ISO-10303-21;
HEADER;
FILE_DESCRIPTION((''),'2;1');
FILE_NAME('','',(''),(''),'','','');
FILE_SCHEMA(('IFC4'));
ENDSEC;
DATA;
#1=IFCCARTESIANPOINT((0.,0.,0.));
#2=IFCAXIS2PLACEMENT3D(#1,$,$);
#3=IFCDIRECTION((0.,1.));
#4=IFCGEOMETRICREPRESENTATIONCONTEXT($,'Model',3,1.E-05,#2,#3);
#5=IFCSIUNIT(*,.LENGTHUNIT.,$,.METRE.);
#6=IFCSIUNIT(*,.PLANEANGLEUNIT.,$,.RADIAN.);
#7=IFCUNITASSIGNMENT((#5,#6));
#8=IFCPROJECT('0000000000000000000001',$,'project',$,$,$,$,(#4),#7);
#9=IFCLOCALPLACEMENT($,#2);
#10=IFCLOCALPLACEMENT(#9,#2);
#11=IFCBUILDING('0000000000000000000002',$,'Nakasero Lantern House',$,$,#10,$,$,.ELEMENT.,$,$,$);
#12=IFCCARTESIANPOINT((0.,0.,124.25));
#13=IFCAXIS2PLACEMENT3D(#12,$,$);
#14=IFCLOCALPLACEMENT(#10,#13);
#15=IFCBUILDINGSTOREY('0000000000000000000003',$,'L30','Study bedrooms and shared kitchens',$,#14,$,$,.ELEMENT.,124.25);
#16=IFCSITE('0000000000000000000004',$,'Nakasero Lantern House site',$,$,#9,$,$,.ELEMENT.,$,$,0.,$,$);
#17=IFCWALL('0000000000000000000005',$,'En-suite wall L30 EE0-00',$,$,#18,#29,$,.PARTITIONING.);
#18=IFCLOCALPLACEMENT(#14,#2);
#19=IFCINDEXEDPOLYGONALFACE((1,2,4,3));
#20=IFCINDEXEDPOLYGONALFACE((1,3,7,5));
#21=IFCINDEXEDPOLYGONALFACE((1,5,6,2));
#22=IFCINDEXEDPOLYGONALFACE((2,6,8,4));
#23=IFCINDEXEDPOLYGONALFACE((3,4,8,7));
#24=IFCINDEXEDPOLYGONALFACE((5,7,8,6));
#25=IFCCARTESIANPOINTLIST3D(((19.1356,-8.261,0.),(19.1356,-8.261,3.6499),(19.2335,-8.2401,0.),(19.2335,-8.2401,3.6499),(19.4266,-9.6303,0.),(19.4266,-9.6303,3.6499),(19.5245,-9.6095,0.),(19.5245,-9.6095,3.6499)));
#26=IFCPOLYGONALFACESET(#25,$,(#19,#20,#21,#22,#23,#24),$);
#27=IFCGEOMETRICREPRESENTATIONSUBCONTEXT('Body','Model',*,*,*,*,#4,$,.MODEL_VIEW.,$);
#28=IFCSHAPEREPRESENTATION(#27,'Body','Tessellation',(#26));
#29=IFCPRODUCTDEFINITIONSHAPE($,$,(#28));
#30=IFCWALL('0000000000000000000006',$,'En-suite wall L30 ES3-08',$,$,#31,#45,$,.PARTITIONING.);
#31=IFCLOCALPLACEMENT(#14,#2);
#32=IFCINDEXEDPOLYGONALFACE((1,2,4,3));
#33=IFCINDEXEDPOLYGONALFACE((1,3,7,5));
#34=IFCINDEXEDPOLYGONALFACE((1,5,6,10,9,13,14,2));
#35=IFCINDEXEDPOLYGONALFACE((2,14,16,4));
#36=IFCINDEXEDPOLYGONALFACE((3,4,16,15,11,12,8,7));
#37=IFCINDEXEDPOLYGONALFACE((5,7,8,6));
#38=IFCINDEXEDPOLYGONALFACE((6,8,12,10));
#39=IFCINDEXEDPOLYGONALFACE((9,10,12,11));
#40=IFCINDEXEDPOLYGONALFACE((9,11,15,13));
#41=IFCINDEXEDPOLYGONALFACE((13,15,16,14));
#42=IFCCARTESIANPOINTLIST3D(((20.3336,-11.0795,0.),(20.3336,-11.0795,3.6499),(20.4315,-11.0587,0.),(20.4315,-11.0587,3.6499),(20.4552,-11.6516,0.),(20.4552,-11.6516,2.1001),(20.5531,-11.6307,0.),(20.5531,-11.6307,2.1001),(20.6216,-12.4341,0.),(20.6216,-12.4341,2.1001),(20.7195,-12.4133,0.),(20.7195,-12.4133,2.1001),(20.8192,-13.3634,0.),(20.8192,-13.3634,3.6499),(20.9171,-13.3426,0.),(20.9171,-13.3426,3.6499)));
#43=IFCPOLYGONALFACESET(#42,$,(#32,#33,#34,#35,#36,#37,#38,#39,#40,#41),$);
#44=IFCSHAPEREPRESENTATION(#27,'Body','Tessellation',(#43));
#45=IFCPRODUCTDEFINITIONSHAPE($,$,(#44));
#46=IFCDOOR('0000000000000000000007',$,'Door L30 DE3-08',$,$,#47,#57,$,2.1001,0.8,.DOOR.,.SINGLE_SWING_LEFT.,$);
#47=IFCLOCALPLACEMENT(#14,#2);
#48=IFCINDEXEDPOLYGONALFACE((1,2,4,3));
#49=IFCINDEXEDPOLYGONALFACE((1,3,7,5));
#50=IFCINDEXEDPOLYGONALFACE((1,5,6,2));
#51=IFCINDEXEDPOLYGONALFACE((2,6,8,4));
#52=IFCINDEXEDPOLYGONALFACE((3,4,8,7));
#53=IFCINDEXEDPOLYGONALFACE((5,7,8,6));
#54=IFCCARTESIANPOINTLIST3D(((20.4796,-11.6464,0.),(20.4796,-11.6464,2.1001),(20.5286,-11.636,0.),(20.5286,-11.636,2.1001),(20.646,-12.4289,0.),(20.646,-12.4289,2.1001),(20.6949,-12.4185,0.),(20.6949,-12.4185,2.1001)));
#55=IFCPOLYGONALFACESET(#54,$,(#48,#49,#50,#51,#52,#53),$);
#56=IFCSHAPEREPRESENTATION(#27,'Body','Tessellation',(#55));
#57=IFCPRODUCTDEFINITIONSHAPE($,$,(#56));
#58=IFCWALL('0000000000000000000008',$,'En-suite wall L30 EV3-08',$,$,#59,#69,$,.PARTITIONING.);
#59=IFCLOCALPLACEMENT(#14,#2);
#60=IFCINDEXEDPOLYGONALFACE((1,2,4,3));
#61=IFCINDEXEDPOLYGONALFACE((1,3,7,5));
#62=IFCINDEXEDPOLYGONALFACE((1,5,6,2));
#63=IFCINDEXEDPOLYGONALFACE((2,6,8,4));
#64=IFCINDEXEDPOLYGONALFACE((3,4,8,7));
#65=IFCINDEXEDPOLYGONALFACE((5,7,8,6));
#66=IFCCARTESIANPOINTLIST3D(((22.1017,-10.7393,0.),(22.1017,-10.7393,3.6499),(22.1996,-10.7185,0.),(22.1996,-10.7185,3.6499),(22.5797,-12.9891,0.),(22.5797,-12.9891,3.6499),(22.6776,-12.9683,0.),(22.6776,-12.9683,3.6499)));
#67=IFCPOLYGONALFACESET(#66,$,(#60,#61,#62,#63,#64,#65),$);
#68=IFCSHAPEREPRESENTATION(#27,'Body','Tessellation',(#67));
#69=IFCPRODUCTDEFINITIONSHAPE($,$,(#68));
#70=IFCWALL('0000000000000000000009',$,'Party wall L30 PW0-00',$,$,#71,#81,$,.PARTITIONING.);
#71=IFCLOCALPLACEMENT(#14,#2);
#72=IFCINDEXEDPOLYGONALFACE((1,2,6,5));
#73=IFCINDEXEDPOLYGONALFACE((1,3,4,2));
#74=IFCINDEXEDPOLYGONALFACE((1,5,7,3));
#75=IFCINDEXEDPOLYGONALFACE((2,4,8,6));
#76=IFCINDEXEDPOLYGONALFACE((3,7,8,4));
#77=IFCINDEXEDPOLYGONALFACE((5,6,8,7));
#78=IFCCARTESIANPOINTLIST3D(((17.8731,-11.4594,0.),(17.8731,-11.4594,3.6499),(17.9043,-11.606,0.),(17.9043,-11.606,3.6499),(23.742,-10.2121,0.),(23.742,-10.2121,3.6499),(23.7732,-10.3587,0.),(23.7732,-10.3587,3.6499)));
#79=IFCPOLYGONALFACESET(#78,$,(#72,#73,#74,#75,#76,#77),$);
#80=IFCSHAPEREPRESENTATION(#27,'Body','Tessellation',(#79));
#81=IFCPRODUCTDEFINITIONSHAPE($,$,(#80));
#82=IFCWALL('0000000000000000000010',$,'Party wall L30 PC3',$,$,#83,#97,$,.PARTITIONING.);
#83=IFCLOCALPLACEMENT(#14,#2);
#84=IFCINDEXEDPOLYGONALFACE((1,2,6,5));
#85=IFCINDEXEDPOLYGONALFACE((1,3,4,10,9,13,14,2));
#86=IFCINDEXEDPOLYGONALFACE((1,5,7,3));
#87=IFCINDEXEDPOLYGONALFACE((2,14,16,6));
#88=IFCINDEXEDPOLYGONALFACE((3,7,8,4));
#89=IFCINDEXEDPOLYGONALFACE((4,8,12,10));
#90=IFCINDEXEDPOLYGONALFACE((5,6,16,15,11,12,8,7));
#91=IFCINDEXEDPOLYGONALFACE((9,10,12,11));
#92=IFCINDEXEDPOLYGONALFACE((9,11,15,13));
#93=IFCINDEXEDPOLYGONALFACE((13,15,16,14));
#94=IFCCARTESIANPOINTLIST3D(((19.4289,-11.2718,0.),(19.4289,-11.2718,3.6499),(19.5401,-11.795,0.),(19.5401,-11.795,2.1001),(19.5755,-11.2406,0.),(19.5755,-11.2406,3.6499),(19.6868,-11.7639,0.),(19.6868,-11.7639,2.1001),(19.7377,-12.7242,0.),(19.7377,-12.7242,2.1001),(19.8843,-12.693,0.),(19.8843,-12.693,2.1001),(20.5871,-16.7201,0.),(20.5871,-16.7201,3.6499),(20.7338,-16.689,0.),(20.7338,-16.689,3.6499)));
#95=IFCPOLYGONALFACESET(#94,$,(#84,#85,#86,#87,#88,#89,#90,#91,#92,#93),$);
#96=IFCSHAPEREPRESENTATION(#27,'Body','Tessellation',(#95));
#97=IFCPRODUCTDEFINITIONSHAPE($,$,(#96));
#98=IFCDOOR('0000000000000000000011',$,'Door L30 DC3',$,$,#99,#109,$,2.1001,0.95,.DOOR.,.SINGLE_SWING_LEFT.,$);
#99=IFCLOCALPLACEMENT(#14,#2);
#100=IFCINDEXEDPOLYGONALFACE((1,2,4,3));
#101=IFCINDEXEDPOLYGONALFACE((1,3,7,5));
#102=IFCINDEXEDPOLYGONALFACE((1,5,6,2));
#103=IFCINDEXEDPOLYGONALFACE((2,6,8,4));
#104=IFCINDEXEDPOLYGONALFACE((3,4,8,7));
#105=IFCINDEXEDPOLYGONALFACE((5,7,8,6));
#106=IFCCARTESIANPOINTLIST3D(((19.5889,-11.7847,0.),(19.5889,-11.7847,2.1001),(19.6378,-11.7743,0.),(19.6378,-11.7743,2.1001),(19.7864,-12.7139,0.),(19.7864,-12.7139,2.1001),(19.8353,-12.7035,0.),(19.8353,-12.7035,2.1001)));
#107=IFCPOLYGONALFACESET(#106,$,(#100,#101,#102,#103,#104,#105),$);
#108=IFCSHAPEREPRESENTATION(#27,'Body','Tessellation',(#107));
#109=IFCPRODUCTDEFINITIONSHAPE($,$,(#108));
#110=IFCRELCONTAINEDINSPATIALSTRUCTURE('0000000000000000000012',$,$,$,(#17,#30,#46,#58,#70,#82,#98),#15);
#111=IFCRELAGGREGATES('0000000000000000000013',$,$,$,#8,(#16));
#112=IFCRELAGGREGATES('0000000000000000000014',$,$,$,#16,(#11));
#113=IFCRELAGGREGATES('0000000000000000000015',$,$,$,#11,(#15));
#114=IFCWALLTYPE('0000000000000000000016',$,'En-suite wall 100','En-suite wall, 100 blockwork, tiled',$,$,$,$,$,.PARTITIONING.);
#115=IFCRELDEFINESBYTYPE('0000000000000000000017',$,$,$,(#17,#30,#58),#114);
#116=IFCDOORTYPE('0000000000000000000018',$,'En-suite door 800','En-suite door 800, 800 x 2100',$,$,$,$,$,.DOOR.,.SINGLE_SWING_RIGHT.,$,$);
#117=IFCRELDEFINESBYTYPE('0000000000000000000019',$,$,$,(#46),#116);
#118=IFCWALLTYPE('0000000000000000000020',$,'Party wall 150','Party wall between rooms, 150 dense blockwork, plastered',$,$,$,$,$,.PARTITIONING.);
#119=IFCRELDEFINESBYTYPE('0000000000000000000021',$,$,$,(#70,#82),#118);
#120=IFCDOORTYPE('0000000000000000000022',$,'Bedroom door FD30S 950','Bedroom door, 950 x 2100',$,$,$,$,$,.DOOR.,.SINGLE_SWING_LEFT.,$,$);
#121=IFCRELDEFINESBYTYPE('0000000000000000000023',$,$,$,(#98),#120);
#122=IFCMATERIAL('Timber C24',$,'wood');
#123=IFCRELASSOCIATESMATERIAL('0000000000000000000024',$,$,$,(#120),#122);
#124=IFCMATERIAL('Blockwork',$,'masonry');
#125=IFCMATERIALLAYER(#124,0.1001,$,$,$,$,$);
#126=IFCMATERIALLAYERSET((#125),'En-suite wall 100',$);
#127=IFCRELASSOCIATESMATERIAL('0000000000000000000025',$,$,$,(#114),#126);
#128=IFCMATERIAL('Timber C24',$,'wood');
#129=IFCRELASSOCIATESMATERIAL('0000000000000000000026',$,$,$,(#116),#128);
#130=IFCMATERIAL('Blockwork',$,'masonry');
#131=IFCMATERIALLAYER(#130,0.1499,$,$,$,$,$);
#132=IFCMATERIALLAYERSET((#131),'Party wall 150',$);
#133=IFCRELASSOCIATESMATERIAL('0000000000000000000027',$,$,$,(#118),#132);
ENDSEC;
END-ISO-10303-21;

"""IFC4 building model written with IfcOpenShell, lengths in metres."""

from ifc_helpers import new_model, si_unit, direction, frame, frame_2d, origin, place, context, subcontext, project, spatial, rectangle, extrude, material, layer, layer_set, type_object, element, fill, save


model = new_model("IFC4")

# Units and contexts
model_context = context("Model", 3, precision=1e-05, world=origin(), true_north=direction((0.0, 1.0)))
body_context = subcontext(model_context, "Body", "Model", "MODEL_VIEW")
ifc_project = project(units=[si_unit("LENGTHUNIT", "METRE"), si_unit("PLANEANGLEUNIT", "RADIAN")], contexts=[model_context])

# Site, building, storey
site_placement = place(None, origin())
site = spatial("IfcSite", under=ifc_project, at=site_placement, Name="Nakasero Lantern House site", CompositionType="ELEMENT", RefElevation=0.0)
building_placement = place(site_placement, origin())
building = spatial("IfcBuilding", under=site, at=building_placement, Name="Nakasero Lantern House", CompositionType="ELEMENT")
storey_placement = place(building_placement, frame((0.0, 0.0, 124.25)))
storey = spatial("IfcBuildingStorey", under=building, at=storey_placement, Name="L30", Description="Study bedrooms and shared kitchens", CompositionType="ELEMENT", Elevation=124.25)

# Shared definitions
ifc_material_1 = material(Name="Timber C24", Category="wood")
door_type_1 = type_object("IfcDoorType", Name="Bedroom door FD30S 950", Description="Bedroom door, 950 x 2100", OperationType="SINGLE_SWING_LEFT", PredefinedType="DOOR", material=ifc_material_1)

# Wall
ifc_material_2 = material(Name="Blockwork", Category="masonry")
ifc_layer_1 = layer(ifc_material_2, 0.1001)
ifc_layer_set_1 = layer_set([ifc_layer_1], Name="En-suite wall 100")
wall_type_1 = type_object("IfcWallType", Name="En-suite wall 100", Description="En-suite wall, 100 blockwork, tiled", PredefinedType="PARTITIONING", material=ifc_layer_set_1)
wall_1_placement = place(storey_placement, frame((19.4756, -9.6199, 0.0), z_axis=(0.0, 0.0, 1.0), x_axis=(-0.207873, 0.978156, 0.0)))
element("IfcWall", 1, at=wall_1_placement, inside=storey, type_object=wall_type_1, Name="En-suite wall L30 EE0-00", PredefinedType="PARTITIONING", context=body_context, shape_type="SweptSolid", body=[
    extrude(rectangle(XDim=1.3999, YDim=0.1001, at=frame_2d((0.7, 0.0))), origin(), (0.0, 0.0, 1.0), 3.6499),
])

# Wall, opening, door
wall_2_placement = place(storey_placement, frame((20.3826, -11.0691, 0.0), z_axis=(0.0, 0.0, 1.0), x_axis=(0.207965, -0.978136, 0.0)))
wall_2 = element("IfcWall", 2, at=wall_2_placement, inside=storey, type_object=wall_type_1, Name="En-suite wall L30 ES3-08", PredefinedType="PARTITIONING", context=body_context, shape_type="SweptSolid", body=[
    extrude(rectangle(XDim=2.335, YDim=0.1001, at=frame_2d((1.1675, 0.0))), origin(), (0.0, 0.0, 1.0), 3.6499),
])
opening_1_placement = place(wall_2_placement, frame((0.585, 0.0, 0.0)))
opening_1 = element("IfcOpeningElement", 3, at=opening_1_placement, cuts=wall_2, PredefinedType="OPENING", context=body_context, shape_type="SweptSolid", body=[
    extrude(rectangle(XDim=0.8, YDim=2.1001, at=frame_2d((0.3999, 1.05))), frame((0.0, 0.0701, 0.0), z_axis=(0.0, -1.0, 0.0), x_axis=(1.0, 0.0, 0.0)), (0.0, 0.0, 1.0), 0.1401),
])
ifc_material_3 = material(Name="Timber C24", Category="wood")
door_type_2 = type_object("IfcDoorType", Name="En-suite door 800", Description="En-suite door 800, 800 x 2100", OperationType="SINGLE_SWING_RIGHT", PredefinedType="DOOR", material=ifc_material_3)
door_1_placement = place(opening_1_placement, origin())
door_1 = element("IfcDoor", 4, at=door_1_placement, inside=storey, type_object=door_type_2, Name="Door L30 DE3-08", OperationType="SINGLE_SWING_LEFT", OverallHeight=2.1001, OverallWidth=0.8, PredefinedType="DOOR", context=body_context, shape_type="SweptSolid", body=[
    extrude(rectangle(XDim=0.8, YDim=2.1001, at=frame_2d((0.3999, 1.05))), frame((0.0, 0.0249, 0.0), z_axis=(0.0, -1.0, 0.0), x_axis=(1.0, 0.0, 0.0)), (0.0, 0.0, 1.0), 0.05),
])
fill(opening_1, door_1)

# Walls
wall_3_placement = place(storey_placement, frame((22.1506, -10.729, 0.0), z_axis=(0.0, 0.0, 1.0), x_axis=(0.20784, -0.978163, 0.0)))
element("IfcWall", 5, at=wall_3_placement, inside=storey, type_object=wall_type_1, Name="En-suite wall L30 EV3-08", PredefinedType="PARTITIONING", context=body_context, shape_type="SweptSolid", body=[
    extrude(rectangle(XDim=2.3, YDim=0.1001, at=frame_2d((1.1499, 0.0))), origin(), (0.0, 0.0, 1.0), 3.6499),
])
ifc_material_4 = material(Name="Blockwork", Category="masonry")
ifc_layer_2 = layer(ifc_material_4, 0.1499)
ifc_layer_set_2 = layer_set([ifc_layer_2], Name="Party wall 150")
wall_type_2 = type_object("IfcWallType", Name="Party wall 150", Description="Party wall between rooms, 150 dense blockwork, plastered", PredefinedType="PARTITIONING", material=ifc_layer_set_2)
wall_4_placement = place(storey_placement, frame((17.8887, -11.5327, 0.0), z_axis=(0.0, 0.0, 1.0), x_axis=(0.978153, 0.207886, 0.0)))
element("IfcWall", 6, at=wall_4_placement, inside=storey, type_object=wall_type_2, Name="Party wall L30 PW0-00", PredefinedType="PARTITIONING", context=body_context, shape_type="SweptSolid", body=[
    extrude(rectangle(XDim=6.0, YDim=0.1499, at=frame_2d((3.0, 0.0))), origin(), (0.0, 0.0, 1.0), 3.6499),
])

# Wall, opening, door
wall_5_placement = place(storey_placement, frame((19.5022, -11.2561, 0.0), z_axis=(0.0, 0.0, 1.0), x_axis=(0.207936, -0.978142, 0.0)))
wall_5 = element("IfcWall", 7, at=wall_5_placement, inside=storey, type_object=wall_type_2, Name="Party wall L30 PC3", PredefinedType="PARTITIONING", context=body_context, shape_type="SweptSolid", body=[
    extrude(rectangle(XDim=5.5701, YDim=0.1499, at=frame_2d((2.7852, 0.0))), origin(), (0.0, 0.0, 1.0), 3.6499),
])
opening_2_placement = place(wall_5_placement, frame((0.5349, 0.0, 0.0)))
opening_2 = element("IfcOpeningElement", 8, at=opening_2_placement, cuts=wall_5, PredefinedType="OPENING", context=body_context, shape_type="SweptSolid", body=[
    extrude(rectangle(XDim=0.95, YDim=2.1001, at=frame_2d((0.4751, 1.05))), frame((0.0, 0.095, 0.0), z_axis=(0.0, -1.0, 0.0), x_axis=(1.0, 0.0, 0.0)), (0.0, 0.0, 1.0), 0.1899),
])
door_2_placement = place(opening_2_placement, origin())
door_2 = element("IfcDoor", 9, at=door_2_placement, inside=storey, type_object=door_type_1, Name="Door L30 DC3", OperationType="SINGLE_SWING_LEFT", OverallHeight=2.1001, OverallWidth=0.95, PredefinedType="DOOR", context=body_context, shape_type="SweptSolid", body=[
    extrude(rectangle(XDim=0.95, YDim=2.1001, at=frame_2d((0.4751, 1.05))), frame((0.0, 0.0249, 0.0), z_axis=(0.0, -1.0, 0.0), x_axis=(1.0, 0.0, 0.0)), (0.0, 0.0, 1.0), 0.05),
])
fill(opening_2, door_2)

save(model, "model.ifc")
